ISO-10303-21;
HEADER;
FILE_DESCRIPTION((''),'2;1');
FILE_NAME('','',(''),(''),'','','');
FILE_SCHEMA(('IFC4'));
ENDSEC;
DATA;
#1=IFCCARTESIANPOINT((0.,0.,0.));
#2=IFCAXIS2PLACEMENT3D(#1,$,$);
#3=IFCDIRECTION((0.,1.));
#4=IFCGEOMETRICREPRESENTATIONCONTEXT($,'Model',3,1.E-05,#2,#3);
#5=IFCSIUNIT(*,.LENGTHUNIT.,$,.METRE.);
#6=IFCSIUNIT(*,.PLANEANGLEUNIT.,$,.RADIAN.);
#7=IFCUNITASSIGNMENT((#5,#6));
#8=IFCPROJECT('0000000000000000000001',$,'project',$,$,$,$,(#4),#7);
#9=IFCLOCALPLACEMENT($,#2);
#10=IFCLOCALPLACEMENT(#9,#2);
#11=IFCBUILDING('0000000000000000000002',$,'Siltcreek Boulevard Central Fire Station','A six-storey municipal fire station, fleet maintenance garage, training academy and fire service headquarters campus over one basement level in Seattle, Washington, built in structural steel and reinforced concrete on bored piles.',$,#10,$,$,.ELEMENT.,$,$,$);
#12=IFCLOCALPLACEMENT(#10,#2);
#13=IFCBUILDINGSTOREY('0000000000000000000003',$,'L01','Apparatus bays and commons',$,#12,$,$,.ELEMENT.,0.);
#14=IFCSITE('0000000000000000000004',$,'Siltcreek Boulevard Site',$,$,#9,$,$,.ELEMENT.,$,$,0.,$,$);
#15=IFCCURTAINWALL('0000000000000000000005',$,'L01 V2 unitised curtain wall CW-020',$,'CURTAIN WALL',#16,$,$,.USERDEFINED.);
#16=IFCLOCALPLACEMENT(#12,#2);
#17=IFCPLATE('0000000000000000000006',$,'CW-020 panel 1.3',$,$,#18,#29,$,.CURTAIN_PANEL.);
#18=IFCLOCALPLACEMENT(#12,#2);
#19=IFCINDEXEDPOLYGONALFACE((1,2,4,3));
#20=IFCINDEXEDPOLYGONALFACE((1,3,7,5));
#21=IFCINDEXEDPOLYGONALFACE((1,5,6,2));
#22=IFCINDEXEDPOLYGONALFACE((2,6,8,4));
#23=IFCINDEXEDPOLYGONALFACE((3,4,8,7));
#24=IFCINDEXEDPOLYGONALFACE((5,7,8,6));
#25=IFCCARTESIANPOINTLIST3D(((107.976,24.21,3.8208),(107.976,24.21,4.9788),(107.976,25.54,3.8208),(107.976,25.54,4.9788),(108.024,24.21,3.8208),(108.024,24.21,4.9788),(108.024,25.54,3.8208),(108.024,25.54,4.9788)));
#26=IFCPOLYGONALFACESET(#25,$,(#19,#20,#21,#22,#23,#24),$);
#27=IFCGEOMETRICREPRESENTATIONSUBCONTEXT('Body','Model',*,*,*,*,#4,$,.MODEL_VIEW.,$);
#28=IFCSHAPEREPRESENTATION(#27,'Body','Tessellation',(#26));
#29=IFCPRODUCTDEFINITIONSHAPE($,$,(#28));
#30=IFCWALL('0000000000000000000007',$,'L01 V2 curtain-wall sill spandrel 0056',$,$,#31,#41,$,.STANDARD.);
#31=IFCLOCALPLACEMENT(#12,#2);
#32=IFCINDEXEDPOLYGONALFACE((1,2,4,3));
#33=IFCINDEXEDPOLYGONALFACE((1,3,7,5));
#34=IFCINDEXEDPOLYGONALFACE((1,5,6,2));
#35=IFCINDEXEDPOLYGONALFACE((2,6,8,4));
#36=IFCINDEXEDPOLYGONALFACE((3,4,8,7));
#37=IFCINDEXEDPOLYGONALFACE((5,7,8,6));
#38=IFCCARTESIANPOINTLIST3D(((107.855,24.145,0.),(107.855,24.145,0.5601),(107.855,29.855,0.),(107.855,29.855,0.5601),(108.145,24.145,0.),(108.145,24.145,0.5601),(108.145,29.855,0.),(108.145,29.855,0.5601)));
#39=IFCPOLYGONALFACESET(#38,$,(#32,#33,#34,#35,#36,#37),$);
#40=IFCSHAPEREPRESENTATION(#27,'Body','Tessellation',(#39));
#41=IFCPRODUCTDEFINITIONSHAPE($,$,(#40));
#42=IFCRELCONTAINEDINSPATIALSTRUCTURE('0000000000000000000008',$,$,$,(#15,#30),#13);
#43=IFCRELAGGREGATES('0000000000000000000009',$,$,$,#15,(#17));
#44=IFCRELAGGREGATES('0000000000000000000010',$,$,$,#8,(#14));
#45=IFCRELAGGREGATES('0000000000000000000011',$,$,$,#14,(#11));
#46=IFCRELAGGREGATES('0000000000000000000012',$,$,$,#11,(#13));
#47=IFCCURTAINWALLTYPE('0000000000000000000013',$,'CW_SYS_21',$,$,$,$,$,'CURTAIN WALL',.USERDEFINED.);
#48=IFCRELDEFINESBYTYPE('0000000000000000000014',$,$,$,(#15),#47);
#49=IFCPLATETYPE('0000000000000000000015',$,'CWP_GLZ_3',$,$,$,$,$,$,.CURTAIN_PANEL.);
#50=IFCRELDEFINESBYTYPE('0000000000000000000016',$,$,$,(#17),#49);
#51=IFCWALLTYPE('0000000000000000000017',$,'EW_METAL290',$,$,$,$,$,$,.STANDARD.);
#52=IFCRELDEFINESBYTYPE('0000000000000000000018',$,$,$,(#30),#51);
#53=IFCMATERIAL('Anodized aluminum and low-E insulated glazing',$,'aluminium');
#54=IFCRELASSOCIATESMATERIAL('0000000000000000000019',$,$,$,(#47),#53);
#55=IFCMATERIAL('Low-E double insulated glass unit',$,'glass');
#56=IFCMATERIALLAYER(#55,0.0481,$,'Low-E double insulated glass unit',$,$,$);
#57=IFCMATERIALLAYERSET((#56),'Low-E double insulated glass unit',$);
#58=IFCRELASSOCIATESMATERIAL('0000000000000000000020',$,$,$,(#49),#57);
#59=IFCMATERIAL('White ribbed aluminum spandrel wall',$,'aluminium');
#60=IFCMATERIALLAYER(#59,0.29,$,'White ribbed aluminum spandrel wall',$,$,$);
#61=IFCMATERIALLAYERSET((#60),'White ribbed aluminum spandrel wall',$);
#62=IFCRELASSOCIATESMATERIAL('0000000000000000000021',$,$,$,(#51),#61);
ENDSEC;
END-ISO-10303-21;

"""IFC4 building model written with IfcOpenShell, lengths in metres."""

from ifc_helpers import new_model, si_unit, direction, frame, frame_2d, origin, origin_2d, place, context, subcontext, project, spatial, rectangle, extrude, material, layer, layer_set, type_object, element, aggregate, save


model = new_model("IFC4")

# Units and contexts
model_context = context("Model", 3, precision=1e-05, world=origin(), true_north=direction((0.0, 1.0)))
body_context = subcontext(model_context, "Body", "Model", "MODEL_VIEW")
ifc_project = project(units=[si_unit("LENGTHUNIT", "METRE"), si_unit("PLANEANGLEUNIT", "RADIAN")], contexts=[model_context])

# Site, building, storey
site_placement = place(None, origin())
site = spatial("IfcSite", under=ifc_project, at=site_placement, Name="Siltcreek Boulevard Site", CompositionType="ELEMENT", RefElevation=0.0)
building_placement = place(site_placement, origin())
building = spatial("IfcBuilding", under=site, at=building_placement, Name="Siltcreek Boulevard Central Fire Station", Description="A six-storey municipal fire station, fleet maintenance garage, training academy and fire service headquarters campus over one basement level in Seattle, Washington, built in structural steel and reinforced concrete on bored piles.", CompositionType="ELEMENT")
storey_placement = place(building_placement, origin())
storey = spatial("IfcBuildingStorey", under=building, at=storey_placement, Name="L01", Description="Apparatus bays and commons", CompositionType="ELEMENT", Elevation=0.0)

# Curtain wall
ifc_material_1 = material(Name="Anodized aluminum and low-E insulated glazing", Category="aluminium")
curtain_wall_type_1 = type_object("IfcCurtainWallType", Name="CW_SYS_21", ElementType="CURTAIN WALL", PredefinedType="USERDEFINED", material=ifc_material_1)
curtain_wall_1_placement = place(storey_placement, origin())
curtain_wall_1 = element("IfcCurtainWall", 1, at=curtain_wall_1_placement, inside=storey, type_object=curtain_wall_type_1, Name="L01 V2 unitised curtain wall CW-020", ObjectType="CURTAIN WALL", PredefinedType="USERDEFINED")

# Plate
ifc_material_2 = material(Name="Low-E double insulated glass unit", Category="glass")
ifc_layer_1 = layer(ifc_material_2, 0.0481, Name="Low-E double insulated glass unit")
ifc_layer_set_1 = layer_set([ifc_layer_1], Name="Low-E double insulated glass unit")
plate_type_1 = type_object("IfcPlateType", Name="CWP_GLZ_3", PredefinedType="CURTAIN_PANEL", material=ifc_layer_set_1)
plate_1_placement = place(storey_placement, frame((108.0, 24.875, 3.8208), z_axis=(0.0, 0.0, 1.0), x_axis=(0.0, 1.0, 0.0)))
plate_1 = element("IfcPlate", 2, at=plate_1_placement, type_object=plate_type_1, Name="CW-020 panel 1.3", PredefinedType="CURTAIN_PANEL", context=body_context, shape_type="SweptSolid", body=[
    extrude(rectangle(XDim=1.3301, YDim=0.0481, at=origin_2d()), origin(), (0.0, 0.0, 1.0), 1.158),
])
aggregate(curtain_wall_1, [plate_1])

# Wall
ifc_material_3 = material(Name="White ribbed aluminum spandrel wall", Category="aluminium")
ifc_layer_2 = layer(ifc_material_3, 0.29, Name="White ribbed aluminum spandrel wall")
ifc_layer_set_2 = layer_set([ifc_layer_2], Name="White ribbed aluminum spandrel wall")
wall_type = type_object("IfcWallType", Name="EW_METAL290", PredefinedType="STANDARD", material=ifc_layer_set_2)
wall_placement = place(storey_placement, frame((108.0, 24.145, 0.0), z_axis=(0.0, 0.0, 1.0), x_axis=(0.0, 1.0, 0.0)))
element("IfcWall", 3, at=wall_placement, inside=storey, type_object=wall_type, Name="L01 V2 curtain-wall sill spandrel 0056", PredefinedType="STANDARD", context=body_context, shape_type="SweptSolid", body=[
    extrude(rectangle(XDim=5.71, YDim=0.29, at=frame_2d((2.855, 0.0))), origin(), (0.0, 0.0, 1.0), 0.5601),
])

save(model, "model.ifc")
